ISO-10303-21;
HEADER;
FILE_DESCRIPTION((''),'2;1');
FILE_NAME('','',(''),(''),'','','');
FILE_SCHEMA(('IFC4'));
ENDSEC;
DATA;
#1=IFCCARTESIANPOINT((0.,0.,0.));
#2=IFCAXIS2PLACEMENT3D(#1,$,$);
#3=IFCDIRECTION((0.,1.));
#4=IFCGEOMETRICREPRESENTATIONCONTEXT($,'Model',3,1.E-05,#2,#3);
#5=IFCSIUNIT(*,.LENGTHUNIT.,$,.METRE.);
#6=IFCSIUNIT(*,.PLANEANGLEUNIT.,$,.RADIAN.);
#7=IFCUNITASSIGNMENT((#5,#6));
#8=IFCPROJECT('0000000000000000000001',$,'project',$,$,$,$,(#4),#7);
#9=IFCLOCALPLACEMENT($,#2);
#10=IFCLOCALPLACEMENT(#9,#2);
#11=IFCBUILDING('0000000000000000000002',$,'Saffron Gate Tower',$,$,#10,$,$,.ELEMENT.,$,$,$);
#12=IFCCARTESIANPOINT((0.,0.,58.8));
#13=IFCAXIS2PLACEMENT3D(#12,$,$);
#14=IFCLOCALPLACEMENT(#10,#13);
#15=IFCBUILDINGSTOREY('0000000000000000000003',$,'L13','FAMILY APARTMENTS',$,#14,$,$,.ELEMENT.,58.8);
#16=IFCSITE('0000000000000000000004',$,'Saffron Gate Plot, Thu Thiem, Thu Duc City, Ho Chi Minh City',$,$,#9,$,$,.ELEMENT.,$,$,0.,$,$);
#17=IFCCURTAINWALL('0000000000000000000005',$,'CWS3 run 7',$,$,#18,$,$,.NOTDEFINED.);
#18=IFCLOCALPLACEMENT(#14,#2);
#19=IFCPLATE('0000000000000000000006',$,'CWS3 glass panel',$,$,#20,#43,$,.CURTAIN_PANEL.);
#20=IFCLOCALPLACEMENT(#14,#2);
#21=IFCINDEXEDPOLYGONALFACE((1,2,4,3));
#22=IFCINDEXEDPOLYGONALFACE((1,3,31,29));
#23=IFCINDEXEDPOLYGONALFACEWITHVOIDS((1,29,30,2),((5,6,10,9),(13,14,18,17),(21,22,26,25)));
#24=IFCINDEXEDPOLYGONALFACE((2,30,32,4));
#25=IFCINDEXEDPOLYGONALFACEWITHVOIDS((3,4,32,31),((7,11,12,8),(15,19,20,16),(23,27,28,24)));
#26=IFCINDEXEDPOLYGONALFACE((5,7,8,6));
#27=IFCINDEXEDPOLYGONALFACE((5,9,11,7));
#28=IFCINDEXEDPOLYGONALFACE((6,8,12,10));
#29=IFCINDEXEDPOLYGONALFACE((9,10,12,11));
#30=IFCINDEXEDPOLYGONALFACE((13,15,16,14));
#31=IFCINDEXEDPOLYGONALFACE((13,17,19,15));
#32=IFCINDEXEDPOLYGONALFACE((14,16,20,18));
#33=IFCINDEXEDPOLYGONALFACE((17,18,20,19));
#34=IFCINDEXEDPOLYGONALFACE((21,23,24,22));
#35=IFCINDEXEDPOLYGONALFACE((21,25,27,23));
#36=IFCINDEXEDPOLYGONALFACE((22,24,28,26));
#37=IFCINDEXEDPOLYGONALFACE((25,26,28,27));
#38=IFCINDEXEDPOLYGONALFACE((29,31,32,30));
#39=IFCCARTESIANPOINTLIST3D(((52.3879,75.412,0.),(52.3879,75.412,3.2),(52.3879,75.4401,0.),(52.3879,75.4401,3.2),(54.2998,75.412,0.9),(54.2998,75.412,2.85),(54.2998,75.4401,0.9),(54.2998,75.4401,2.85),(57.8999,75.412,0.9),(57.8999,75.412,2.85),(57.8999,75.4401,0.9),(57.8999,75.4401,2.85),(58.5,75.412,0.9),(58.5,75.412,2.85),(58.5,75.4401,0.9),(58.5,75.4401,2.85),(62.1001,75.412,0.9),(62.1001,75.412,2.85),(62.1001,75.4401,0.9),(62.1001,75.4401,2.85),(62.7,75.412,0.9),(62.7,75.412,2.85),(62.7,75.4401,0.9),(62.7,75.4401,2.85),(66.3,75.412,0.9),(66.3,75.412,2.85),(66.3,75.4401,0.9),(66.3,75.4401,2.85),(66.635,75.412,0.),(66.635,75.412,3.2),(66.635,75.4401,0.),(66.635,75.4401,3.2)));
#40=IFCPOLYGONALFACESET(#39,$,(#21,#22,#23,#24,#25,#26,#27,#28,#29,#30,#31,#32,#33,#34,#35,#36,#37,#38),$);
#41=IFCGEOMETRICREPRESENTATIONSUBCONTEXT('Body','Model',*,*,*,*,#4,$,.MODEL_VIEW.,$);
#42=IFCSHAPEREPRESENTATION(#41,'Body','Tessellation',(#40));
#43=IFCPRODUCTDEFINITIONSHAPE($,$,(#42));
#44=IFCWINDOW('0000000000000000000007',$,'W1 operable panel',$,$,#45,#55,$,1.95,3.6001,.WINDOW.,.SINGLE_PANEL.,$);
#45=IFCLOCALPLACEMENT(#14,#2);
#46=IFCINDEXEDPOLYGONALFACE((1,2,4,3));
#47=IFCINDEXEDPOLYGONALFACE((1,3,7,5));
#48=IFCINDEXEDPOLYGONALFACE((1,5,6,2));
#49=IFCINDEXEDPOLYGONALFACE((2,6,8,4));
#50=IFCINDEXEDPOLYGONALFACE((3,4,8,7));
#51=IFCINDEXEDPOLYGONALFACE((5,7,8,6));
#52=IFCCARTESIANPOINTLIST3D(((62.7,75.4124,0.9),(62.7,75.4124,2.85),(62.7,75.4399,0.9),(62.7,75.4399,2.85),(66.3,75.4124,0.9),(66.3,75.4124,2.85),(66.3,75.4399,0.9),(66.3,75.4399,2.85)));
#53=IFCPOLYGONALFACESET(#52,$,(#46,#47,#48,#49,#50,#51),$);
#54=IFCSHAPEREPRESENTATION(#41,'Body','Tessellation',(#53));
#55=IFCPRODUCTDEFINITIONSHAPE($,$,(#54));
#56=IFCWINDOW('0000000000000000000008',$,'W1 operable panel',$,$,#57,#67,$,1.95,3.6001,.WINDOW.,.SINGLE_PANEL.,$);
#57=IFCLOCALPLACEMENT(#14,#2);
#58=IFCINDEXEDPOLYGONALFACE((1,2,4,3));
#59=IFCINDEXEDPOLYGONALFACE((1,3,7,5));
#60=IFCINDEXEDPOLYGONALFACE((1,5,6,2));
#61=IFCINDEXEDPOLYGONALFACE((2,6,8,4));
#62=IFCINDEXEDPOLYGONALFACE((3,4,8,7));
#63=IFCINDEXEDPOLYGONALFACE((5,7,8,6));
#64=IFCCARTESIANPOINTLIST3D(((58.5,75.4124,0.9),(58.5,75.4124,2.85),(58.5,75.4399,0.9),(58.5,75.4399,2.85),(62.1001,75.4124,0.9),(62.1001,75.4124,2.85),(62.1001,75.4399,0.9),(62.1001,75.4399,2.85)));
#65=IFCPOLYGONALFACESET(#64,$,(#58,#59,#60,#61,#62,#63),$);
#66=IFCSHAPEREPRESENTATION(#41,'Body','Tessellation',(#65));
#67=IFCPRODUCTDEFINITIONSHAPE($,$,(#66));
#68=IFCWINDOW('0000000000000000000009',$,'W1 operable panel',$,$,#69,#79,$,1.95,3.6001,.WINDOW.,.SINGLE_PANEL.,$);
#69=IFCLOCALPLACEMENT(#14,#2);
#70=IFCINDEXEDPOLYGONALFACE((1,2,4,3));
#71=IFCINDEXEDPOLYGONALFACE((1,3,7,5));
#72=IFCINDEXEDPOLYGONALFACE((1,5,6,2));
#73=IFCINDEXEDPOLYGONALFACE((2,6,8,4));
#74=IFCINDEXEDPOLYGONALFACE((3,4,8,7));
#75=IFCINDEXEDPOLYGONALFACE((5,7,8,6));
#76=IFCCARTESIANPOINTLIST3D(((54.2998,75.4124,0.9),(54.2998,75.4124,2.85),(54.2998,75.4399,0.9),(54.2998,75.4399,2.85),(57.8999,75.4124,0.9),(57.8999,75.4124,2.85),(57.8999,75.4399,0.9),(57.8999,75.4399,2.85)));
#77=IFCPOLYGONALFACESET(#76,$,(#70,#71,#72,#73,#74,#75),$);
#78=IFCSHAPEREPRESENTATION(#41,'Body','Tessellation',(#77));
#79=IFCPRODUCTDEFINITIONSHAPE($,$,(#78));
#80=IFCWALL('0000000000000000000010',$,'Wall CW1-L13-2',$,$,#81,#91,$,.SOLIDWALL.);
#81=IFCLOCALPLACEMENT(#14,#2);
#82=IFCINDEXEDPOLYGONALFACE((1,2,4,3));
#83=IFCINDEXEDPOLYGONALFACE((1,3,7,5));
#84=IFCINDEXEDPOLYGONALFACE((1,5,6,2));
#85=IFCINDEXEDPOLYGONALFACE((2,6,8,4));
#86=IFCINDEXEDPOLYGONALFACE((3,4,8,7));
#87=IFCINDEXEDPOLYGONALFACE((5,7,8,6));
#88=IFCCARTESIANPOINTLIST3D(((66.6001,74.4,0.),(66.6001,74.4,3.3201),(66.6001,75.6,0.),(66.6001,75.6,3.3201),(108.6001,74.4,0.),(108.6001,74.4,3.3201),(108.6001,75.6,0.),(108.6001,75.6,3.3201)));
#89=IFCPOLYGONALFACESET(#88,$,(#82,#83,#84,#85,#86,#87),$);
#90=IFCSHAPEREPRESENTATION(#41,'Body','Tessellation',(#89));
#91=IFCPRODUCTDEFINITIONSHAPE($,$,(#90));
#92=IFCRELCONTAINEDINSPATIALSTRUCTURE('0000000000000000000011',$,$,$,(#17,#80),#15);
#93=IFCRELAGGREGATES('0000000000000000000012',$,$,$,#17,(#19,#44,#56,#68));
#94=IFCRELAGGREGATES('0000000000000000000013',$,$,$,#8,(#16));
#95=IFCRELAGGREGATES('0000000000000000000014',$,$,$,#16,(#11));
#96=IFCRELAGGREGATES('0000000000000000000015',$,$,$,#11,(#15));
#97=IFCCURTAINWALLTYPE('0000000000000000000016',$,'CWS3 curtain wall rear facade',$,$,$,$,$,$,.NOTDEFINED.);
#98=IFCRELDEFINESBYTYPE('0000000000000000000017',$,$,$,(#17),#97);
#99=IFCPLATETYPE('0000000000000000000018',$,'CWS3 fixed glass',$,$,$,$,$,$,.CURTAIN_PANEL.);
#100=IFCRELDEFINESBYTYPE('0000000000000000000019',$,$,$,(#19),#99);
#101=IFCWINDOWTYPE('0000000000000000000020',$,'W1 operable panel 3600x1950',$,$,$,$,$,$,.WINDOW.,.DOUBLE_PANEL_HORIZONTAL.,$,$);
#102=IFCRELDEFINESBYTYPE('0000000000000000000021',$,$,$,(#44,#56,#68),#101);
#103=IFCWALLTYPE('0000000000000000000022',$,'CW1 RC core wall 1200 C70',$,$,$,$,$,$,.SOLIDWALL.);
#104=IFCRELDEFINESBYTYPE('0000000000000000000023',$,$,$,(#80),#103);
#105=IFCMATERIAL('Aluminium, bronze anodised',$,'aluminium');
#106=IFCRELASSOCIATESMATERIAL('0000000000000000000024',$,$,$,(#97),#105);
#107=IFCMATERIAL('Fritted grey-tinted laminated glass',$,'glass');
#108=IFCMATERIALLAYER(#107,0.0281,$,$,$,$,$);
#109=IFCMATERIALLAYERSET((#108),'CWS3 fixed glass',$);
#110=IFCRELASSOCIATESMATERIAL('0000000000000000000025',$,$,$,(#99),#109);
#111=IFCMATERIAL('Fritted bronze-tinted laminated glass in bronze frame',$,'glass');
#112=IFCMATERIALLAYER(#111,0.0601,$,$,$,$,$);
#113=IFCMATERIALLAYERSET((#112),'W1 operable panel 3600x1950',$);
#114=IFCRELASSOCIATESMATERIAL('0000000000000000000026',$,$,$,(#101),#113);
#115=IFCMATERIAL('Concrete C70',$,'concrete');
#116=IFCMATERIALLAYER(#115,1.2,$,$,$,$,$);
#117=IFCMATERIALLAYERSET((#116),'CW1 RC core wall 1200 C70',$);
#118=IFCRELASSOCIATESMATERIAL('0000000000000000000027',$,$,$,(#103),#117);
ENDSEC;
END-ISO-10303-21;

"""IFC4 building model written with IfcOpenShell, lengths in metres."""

from ifc_helpers import new_model, si_unit, direction, frame, frame_2d, origin, place, context, subcontext, project, spatial, rectangle, extrude, material, layer, layer_set, type_object, element, fill, aggregate, save


model = new_model("IFC4")

# Units and contexts
model_context = context("Model", 3, precision=1e-05, world=origin(), true_north=direction((0.0, 1.0)))
body_context = subcontext(model_context, "Body", "Model", "MODEL_VIEW")
ifc_project = project(units=[si_unit("LENGTHUNIT", "METRE"), si_unit("PLANEANGLEUNIT", "RADIAN")], contexts=[model_context])

# Site, building, storey
site_placement = place(None, origin())
site = spatial("IfcSite", under=ifc_project, at=site_placement, Name="Saffron Gate Plot, Thu Thiem, Thu Duc City, Ho Chi Minh City", CompositionType="ELEMENT", RefElevation=0.0)
building_placement = place(site_placement, origin())
building = spatial("IfcBuilding", under=site, at=building_placement, Name="Saffron Gate Tower", CompositionType="ELEMENT")
storey_placement = place(building_placement, frame((0.0, 0.0, 58.8)))
storey = spatial("IfcBuildingStorey", under=building, at=storey_placement, Name="L13", Description="FAMILY APARTMENTS", CompositionType="ELEMENT", Elevation=58.8)

# Curtain wall, plate, openings, windows
ifc_material_1 = material(Name="Aluminium, bronze anodised", Category="aluminium")
curtain_wall_type = type_object("IfcCurtainWallType", Name="CWS3 curtain wall rear facade", PredefinedType="NOTDEFINED", material=ifc_material_1)
curtain_wall_placement = place(storey_placement, origin())
curtain_wall = element("IfcCurtainWall", 1, at=curtain_wall_placement, inside=storey, type_object=curtain_wall_type, Name="CWS3 run 7", PredefinedType="NOTDEFINED")
ifc_material_2 = material(Name="Fritted grey-tinted laminated glass", Category="glass")
ifc_layer_1 = layer(ifc_material_2, 0.0281)
ifc_layer_set_1 = layer_set([ifc_layer_1], Name="CWS3 fixed glass")
plate_type = type_object("IfcPlateType", Name="CWS3 fixed glass", PredefinedType="CURTAIN_PANEL", material=ifc_layer_set_1)
plate_placement = place(storey_placement, frame((66.635, 75.426, 0.0), z_axis=(0.0, 0.0, 1.0), x_axis=(-1.0, 0.0, 0.0)))
plate = element("IfcPlate", 2, at=plate_placement, type_object=plate_type, Name="CWS3 glass panel", PredefinedType="CURTAIN_PANEL", context=body_context, shape_type="SweptSolid", body=[
    extrude(rectangle(XDim=14.2471, YDim=0.0281, at=frame_2d((7.1235, 0.0))), origin(), (0.0, 0.0, 1.0), 3.2),
])
opening_1_placement = place(plate_placement, frame((0.335, 0.0, 0.8999)))
opening_1 = element("IfcOpeningElement", 3, at=opening_1_placement, cuts=plate, PredefinedType="OPENING", context=body_context, shape_type="SweptSolid", body=[
    extrude(rectangle(XDim=3.6001, YDim=1.95, at=frame_2d((1.8, 0.9751))), frame((0.0, 0.0239, 0.0), z_axis=(0.0, -1.0, 0.0), x_axis=(1.0, 0.0, 0.0)), (0.0, 0.0, 1.0), 0.0481),
])
opening_2_placement = place(plate_placement, frame((4.5349, 0.0, 0.8999)))
opening_2 = element("IfcOpeningElement", 4, at=opening_2_placement, cuts=plate, PredefinedType="OPENING", context=body_context, shape_type="SweptSolid", body=[
    extrude(rectangle(XDim=3.6001, YDim=1.95, at=frame_2d((1.8, 0.9751))), frame((0.0, 0.0239, 0.0), z_axis=(0.0, -1.0, 0.0), x_axis=(1.0, 0.0, 0.0)), (0.0, 0.0, 1.0), 0.0481),
])
opening_3_placement = place(plate_placement, frame((8.7351, 0.0, 0.8999)))
opening_3 = element("IfcOpeningElement", 5, at=opening_3_placement, cuts=plate, PredefinedType="OPENING", context=body_context, shape_type="SweptSolid", body=[
    extrude(rectangle(XDim=3.6001, YDim=1.95, at=frame_2d((1.8, 0.9751))), frame((0.0, 0.0239, 0.0), z_axis=(0.0, -1.0, 0.0), x_axis=(1.0, 0.0, 0.0)), (0.0, 0.0, 1.0), 0.0481),
])
ifc_material_3 = material(Name="Fritted bronze-tinted laminated glass in bronze frame", Category="glass")
ifc_layer_2 = layer(ifc_material_3, 0.0601)
ifc_layer_set_2 = layer_set([ifc_layer_2], Name="W1 operable panel 3600x1950")
window_type = type_object("IfcWindowType", Name="W1 operable panel 3600x1950", PartitioningType="DOUBLE_PANEL_HORIZONTAL", PredefinedType="WINDOW", material=ifc_layer_set_2)
window_1_placement = place(opening_1_placement, origin())
window_1 = element("IfcWindow", 6, at=window_1_placement, type_object=window_type, Name="W1 operable panel", OverallHeight=1.95, OverallWidth=3.6001, PartitioningType="SINGLE_PANEL", PredefinedType="WINDOW", context=body_context, shape_type="SweptSolid", body=[
    extrude(rectangle(XDim=3.6001, YDim=1.95, at=frame_2d((1.8, 0.9751))), frame((0.0, 0.0137, 0.0), z_axis=(0.0, -1.0, 0.0), x_axis=(1.0, 0.0, 0.0)), (0.0, 0.0, 1.0), 0.0276),
])
fill(opening_1, window_1)
window_2_placement = place(opening_2_placement, origin())
window_2 = element("IfcWindow", 7, at=window_2_placement, type_object=window_type, Name="W1 operable panel", OverallHeight=1.95, OverallWidth=3.6001, PartitioningType="SINGLE_PANEL", PredefinedType="WINDOW", context=body_context, shape_type="SweptSolid", body=[
    extrude(rectangle(XDim=3.6001, YDim=1.95, at=frame_2d((1.8, 0.9751))), frame((0.0, 0.0137, 0.0), z_axis=(0.0, -1.0, 0.0), x_axis=(1.0, 0.0, 0.0)), (0.0, 0.0, 1.0), 0.0276),
])
fill(opening_2, window_2)
window_3_placement = place(opening_3_placement, origin())
window_3 = element("IfcWindow", 8, at=window_3_placement, type_object=window_type, Name="W1 operable panel", OverallHeight=1.95, OverallWidth=3.6001, PartitioningType="SINGLE_PANEL", PredefinedType="WINDOW", context=body_context, shape_type="SweptSolid", body=[
    extrude(rectangle(XDim=3.6001, YDim=1.95, at=frame_2d((1.8, 0.9751))), frame((0.0, 0.0137, 0.0), z_axis=(0.0, -1.0, 0.0), x_axis=(1.0, 0.0, 0.0)), (0.0, 0.0, 1.0), 0.0276),
])
fill(opening_3, window_3)
aggregate(curtain_wall, [plate, window_1, window_2, window_3])

# Wall
ifc_material_4 = material(Name="Concrete C70", Category="concrete")
ifc_layer_3 = layer(ifc_material_4, 1.2)
ifc_layer_set_3 = layer_set([ifc_layer_3], Name="CW1 RC core wall 1200 C70")
wall_type = type_object("IfcWallType", Name="CW1 RC core wall 1200 C70", PredefinedType="SOLIDWALL", material=ifc_layer_set_3)
wall_placement = place(storey_placement, frame((66.6001, 75.0, 0.0), z_axis=(0.0, 0.0, 1.0), x_axis=(1.0, 0.0, 0.0)))
element("IfcWall", 9, at=wall_placement, inside=storey, type_object=wall_type, Name="Wall CW1-L13-2", PredefinedType="SOLIDWALL", context=body_context, shape_type="SweptSolid", body=[
    extrude(rectangle(XDim=42.0, YDim=1.2, at=frame_2d((21.0, 0.0))), origin(), (0.0, 0.0, 1.0), 3.3201),
])

save(model, "model.ifc")
